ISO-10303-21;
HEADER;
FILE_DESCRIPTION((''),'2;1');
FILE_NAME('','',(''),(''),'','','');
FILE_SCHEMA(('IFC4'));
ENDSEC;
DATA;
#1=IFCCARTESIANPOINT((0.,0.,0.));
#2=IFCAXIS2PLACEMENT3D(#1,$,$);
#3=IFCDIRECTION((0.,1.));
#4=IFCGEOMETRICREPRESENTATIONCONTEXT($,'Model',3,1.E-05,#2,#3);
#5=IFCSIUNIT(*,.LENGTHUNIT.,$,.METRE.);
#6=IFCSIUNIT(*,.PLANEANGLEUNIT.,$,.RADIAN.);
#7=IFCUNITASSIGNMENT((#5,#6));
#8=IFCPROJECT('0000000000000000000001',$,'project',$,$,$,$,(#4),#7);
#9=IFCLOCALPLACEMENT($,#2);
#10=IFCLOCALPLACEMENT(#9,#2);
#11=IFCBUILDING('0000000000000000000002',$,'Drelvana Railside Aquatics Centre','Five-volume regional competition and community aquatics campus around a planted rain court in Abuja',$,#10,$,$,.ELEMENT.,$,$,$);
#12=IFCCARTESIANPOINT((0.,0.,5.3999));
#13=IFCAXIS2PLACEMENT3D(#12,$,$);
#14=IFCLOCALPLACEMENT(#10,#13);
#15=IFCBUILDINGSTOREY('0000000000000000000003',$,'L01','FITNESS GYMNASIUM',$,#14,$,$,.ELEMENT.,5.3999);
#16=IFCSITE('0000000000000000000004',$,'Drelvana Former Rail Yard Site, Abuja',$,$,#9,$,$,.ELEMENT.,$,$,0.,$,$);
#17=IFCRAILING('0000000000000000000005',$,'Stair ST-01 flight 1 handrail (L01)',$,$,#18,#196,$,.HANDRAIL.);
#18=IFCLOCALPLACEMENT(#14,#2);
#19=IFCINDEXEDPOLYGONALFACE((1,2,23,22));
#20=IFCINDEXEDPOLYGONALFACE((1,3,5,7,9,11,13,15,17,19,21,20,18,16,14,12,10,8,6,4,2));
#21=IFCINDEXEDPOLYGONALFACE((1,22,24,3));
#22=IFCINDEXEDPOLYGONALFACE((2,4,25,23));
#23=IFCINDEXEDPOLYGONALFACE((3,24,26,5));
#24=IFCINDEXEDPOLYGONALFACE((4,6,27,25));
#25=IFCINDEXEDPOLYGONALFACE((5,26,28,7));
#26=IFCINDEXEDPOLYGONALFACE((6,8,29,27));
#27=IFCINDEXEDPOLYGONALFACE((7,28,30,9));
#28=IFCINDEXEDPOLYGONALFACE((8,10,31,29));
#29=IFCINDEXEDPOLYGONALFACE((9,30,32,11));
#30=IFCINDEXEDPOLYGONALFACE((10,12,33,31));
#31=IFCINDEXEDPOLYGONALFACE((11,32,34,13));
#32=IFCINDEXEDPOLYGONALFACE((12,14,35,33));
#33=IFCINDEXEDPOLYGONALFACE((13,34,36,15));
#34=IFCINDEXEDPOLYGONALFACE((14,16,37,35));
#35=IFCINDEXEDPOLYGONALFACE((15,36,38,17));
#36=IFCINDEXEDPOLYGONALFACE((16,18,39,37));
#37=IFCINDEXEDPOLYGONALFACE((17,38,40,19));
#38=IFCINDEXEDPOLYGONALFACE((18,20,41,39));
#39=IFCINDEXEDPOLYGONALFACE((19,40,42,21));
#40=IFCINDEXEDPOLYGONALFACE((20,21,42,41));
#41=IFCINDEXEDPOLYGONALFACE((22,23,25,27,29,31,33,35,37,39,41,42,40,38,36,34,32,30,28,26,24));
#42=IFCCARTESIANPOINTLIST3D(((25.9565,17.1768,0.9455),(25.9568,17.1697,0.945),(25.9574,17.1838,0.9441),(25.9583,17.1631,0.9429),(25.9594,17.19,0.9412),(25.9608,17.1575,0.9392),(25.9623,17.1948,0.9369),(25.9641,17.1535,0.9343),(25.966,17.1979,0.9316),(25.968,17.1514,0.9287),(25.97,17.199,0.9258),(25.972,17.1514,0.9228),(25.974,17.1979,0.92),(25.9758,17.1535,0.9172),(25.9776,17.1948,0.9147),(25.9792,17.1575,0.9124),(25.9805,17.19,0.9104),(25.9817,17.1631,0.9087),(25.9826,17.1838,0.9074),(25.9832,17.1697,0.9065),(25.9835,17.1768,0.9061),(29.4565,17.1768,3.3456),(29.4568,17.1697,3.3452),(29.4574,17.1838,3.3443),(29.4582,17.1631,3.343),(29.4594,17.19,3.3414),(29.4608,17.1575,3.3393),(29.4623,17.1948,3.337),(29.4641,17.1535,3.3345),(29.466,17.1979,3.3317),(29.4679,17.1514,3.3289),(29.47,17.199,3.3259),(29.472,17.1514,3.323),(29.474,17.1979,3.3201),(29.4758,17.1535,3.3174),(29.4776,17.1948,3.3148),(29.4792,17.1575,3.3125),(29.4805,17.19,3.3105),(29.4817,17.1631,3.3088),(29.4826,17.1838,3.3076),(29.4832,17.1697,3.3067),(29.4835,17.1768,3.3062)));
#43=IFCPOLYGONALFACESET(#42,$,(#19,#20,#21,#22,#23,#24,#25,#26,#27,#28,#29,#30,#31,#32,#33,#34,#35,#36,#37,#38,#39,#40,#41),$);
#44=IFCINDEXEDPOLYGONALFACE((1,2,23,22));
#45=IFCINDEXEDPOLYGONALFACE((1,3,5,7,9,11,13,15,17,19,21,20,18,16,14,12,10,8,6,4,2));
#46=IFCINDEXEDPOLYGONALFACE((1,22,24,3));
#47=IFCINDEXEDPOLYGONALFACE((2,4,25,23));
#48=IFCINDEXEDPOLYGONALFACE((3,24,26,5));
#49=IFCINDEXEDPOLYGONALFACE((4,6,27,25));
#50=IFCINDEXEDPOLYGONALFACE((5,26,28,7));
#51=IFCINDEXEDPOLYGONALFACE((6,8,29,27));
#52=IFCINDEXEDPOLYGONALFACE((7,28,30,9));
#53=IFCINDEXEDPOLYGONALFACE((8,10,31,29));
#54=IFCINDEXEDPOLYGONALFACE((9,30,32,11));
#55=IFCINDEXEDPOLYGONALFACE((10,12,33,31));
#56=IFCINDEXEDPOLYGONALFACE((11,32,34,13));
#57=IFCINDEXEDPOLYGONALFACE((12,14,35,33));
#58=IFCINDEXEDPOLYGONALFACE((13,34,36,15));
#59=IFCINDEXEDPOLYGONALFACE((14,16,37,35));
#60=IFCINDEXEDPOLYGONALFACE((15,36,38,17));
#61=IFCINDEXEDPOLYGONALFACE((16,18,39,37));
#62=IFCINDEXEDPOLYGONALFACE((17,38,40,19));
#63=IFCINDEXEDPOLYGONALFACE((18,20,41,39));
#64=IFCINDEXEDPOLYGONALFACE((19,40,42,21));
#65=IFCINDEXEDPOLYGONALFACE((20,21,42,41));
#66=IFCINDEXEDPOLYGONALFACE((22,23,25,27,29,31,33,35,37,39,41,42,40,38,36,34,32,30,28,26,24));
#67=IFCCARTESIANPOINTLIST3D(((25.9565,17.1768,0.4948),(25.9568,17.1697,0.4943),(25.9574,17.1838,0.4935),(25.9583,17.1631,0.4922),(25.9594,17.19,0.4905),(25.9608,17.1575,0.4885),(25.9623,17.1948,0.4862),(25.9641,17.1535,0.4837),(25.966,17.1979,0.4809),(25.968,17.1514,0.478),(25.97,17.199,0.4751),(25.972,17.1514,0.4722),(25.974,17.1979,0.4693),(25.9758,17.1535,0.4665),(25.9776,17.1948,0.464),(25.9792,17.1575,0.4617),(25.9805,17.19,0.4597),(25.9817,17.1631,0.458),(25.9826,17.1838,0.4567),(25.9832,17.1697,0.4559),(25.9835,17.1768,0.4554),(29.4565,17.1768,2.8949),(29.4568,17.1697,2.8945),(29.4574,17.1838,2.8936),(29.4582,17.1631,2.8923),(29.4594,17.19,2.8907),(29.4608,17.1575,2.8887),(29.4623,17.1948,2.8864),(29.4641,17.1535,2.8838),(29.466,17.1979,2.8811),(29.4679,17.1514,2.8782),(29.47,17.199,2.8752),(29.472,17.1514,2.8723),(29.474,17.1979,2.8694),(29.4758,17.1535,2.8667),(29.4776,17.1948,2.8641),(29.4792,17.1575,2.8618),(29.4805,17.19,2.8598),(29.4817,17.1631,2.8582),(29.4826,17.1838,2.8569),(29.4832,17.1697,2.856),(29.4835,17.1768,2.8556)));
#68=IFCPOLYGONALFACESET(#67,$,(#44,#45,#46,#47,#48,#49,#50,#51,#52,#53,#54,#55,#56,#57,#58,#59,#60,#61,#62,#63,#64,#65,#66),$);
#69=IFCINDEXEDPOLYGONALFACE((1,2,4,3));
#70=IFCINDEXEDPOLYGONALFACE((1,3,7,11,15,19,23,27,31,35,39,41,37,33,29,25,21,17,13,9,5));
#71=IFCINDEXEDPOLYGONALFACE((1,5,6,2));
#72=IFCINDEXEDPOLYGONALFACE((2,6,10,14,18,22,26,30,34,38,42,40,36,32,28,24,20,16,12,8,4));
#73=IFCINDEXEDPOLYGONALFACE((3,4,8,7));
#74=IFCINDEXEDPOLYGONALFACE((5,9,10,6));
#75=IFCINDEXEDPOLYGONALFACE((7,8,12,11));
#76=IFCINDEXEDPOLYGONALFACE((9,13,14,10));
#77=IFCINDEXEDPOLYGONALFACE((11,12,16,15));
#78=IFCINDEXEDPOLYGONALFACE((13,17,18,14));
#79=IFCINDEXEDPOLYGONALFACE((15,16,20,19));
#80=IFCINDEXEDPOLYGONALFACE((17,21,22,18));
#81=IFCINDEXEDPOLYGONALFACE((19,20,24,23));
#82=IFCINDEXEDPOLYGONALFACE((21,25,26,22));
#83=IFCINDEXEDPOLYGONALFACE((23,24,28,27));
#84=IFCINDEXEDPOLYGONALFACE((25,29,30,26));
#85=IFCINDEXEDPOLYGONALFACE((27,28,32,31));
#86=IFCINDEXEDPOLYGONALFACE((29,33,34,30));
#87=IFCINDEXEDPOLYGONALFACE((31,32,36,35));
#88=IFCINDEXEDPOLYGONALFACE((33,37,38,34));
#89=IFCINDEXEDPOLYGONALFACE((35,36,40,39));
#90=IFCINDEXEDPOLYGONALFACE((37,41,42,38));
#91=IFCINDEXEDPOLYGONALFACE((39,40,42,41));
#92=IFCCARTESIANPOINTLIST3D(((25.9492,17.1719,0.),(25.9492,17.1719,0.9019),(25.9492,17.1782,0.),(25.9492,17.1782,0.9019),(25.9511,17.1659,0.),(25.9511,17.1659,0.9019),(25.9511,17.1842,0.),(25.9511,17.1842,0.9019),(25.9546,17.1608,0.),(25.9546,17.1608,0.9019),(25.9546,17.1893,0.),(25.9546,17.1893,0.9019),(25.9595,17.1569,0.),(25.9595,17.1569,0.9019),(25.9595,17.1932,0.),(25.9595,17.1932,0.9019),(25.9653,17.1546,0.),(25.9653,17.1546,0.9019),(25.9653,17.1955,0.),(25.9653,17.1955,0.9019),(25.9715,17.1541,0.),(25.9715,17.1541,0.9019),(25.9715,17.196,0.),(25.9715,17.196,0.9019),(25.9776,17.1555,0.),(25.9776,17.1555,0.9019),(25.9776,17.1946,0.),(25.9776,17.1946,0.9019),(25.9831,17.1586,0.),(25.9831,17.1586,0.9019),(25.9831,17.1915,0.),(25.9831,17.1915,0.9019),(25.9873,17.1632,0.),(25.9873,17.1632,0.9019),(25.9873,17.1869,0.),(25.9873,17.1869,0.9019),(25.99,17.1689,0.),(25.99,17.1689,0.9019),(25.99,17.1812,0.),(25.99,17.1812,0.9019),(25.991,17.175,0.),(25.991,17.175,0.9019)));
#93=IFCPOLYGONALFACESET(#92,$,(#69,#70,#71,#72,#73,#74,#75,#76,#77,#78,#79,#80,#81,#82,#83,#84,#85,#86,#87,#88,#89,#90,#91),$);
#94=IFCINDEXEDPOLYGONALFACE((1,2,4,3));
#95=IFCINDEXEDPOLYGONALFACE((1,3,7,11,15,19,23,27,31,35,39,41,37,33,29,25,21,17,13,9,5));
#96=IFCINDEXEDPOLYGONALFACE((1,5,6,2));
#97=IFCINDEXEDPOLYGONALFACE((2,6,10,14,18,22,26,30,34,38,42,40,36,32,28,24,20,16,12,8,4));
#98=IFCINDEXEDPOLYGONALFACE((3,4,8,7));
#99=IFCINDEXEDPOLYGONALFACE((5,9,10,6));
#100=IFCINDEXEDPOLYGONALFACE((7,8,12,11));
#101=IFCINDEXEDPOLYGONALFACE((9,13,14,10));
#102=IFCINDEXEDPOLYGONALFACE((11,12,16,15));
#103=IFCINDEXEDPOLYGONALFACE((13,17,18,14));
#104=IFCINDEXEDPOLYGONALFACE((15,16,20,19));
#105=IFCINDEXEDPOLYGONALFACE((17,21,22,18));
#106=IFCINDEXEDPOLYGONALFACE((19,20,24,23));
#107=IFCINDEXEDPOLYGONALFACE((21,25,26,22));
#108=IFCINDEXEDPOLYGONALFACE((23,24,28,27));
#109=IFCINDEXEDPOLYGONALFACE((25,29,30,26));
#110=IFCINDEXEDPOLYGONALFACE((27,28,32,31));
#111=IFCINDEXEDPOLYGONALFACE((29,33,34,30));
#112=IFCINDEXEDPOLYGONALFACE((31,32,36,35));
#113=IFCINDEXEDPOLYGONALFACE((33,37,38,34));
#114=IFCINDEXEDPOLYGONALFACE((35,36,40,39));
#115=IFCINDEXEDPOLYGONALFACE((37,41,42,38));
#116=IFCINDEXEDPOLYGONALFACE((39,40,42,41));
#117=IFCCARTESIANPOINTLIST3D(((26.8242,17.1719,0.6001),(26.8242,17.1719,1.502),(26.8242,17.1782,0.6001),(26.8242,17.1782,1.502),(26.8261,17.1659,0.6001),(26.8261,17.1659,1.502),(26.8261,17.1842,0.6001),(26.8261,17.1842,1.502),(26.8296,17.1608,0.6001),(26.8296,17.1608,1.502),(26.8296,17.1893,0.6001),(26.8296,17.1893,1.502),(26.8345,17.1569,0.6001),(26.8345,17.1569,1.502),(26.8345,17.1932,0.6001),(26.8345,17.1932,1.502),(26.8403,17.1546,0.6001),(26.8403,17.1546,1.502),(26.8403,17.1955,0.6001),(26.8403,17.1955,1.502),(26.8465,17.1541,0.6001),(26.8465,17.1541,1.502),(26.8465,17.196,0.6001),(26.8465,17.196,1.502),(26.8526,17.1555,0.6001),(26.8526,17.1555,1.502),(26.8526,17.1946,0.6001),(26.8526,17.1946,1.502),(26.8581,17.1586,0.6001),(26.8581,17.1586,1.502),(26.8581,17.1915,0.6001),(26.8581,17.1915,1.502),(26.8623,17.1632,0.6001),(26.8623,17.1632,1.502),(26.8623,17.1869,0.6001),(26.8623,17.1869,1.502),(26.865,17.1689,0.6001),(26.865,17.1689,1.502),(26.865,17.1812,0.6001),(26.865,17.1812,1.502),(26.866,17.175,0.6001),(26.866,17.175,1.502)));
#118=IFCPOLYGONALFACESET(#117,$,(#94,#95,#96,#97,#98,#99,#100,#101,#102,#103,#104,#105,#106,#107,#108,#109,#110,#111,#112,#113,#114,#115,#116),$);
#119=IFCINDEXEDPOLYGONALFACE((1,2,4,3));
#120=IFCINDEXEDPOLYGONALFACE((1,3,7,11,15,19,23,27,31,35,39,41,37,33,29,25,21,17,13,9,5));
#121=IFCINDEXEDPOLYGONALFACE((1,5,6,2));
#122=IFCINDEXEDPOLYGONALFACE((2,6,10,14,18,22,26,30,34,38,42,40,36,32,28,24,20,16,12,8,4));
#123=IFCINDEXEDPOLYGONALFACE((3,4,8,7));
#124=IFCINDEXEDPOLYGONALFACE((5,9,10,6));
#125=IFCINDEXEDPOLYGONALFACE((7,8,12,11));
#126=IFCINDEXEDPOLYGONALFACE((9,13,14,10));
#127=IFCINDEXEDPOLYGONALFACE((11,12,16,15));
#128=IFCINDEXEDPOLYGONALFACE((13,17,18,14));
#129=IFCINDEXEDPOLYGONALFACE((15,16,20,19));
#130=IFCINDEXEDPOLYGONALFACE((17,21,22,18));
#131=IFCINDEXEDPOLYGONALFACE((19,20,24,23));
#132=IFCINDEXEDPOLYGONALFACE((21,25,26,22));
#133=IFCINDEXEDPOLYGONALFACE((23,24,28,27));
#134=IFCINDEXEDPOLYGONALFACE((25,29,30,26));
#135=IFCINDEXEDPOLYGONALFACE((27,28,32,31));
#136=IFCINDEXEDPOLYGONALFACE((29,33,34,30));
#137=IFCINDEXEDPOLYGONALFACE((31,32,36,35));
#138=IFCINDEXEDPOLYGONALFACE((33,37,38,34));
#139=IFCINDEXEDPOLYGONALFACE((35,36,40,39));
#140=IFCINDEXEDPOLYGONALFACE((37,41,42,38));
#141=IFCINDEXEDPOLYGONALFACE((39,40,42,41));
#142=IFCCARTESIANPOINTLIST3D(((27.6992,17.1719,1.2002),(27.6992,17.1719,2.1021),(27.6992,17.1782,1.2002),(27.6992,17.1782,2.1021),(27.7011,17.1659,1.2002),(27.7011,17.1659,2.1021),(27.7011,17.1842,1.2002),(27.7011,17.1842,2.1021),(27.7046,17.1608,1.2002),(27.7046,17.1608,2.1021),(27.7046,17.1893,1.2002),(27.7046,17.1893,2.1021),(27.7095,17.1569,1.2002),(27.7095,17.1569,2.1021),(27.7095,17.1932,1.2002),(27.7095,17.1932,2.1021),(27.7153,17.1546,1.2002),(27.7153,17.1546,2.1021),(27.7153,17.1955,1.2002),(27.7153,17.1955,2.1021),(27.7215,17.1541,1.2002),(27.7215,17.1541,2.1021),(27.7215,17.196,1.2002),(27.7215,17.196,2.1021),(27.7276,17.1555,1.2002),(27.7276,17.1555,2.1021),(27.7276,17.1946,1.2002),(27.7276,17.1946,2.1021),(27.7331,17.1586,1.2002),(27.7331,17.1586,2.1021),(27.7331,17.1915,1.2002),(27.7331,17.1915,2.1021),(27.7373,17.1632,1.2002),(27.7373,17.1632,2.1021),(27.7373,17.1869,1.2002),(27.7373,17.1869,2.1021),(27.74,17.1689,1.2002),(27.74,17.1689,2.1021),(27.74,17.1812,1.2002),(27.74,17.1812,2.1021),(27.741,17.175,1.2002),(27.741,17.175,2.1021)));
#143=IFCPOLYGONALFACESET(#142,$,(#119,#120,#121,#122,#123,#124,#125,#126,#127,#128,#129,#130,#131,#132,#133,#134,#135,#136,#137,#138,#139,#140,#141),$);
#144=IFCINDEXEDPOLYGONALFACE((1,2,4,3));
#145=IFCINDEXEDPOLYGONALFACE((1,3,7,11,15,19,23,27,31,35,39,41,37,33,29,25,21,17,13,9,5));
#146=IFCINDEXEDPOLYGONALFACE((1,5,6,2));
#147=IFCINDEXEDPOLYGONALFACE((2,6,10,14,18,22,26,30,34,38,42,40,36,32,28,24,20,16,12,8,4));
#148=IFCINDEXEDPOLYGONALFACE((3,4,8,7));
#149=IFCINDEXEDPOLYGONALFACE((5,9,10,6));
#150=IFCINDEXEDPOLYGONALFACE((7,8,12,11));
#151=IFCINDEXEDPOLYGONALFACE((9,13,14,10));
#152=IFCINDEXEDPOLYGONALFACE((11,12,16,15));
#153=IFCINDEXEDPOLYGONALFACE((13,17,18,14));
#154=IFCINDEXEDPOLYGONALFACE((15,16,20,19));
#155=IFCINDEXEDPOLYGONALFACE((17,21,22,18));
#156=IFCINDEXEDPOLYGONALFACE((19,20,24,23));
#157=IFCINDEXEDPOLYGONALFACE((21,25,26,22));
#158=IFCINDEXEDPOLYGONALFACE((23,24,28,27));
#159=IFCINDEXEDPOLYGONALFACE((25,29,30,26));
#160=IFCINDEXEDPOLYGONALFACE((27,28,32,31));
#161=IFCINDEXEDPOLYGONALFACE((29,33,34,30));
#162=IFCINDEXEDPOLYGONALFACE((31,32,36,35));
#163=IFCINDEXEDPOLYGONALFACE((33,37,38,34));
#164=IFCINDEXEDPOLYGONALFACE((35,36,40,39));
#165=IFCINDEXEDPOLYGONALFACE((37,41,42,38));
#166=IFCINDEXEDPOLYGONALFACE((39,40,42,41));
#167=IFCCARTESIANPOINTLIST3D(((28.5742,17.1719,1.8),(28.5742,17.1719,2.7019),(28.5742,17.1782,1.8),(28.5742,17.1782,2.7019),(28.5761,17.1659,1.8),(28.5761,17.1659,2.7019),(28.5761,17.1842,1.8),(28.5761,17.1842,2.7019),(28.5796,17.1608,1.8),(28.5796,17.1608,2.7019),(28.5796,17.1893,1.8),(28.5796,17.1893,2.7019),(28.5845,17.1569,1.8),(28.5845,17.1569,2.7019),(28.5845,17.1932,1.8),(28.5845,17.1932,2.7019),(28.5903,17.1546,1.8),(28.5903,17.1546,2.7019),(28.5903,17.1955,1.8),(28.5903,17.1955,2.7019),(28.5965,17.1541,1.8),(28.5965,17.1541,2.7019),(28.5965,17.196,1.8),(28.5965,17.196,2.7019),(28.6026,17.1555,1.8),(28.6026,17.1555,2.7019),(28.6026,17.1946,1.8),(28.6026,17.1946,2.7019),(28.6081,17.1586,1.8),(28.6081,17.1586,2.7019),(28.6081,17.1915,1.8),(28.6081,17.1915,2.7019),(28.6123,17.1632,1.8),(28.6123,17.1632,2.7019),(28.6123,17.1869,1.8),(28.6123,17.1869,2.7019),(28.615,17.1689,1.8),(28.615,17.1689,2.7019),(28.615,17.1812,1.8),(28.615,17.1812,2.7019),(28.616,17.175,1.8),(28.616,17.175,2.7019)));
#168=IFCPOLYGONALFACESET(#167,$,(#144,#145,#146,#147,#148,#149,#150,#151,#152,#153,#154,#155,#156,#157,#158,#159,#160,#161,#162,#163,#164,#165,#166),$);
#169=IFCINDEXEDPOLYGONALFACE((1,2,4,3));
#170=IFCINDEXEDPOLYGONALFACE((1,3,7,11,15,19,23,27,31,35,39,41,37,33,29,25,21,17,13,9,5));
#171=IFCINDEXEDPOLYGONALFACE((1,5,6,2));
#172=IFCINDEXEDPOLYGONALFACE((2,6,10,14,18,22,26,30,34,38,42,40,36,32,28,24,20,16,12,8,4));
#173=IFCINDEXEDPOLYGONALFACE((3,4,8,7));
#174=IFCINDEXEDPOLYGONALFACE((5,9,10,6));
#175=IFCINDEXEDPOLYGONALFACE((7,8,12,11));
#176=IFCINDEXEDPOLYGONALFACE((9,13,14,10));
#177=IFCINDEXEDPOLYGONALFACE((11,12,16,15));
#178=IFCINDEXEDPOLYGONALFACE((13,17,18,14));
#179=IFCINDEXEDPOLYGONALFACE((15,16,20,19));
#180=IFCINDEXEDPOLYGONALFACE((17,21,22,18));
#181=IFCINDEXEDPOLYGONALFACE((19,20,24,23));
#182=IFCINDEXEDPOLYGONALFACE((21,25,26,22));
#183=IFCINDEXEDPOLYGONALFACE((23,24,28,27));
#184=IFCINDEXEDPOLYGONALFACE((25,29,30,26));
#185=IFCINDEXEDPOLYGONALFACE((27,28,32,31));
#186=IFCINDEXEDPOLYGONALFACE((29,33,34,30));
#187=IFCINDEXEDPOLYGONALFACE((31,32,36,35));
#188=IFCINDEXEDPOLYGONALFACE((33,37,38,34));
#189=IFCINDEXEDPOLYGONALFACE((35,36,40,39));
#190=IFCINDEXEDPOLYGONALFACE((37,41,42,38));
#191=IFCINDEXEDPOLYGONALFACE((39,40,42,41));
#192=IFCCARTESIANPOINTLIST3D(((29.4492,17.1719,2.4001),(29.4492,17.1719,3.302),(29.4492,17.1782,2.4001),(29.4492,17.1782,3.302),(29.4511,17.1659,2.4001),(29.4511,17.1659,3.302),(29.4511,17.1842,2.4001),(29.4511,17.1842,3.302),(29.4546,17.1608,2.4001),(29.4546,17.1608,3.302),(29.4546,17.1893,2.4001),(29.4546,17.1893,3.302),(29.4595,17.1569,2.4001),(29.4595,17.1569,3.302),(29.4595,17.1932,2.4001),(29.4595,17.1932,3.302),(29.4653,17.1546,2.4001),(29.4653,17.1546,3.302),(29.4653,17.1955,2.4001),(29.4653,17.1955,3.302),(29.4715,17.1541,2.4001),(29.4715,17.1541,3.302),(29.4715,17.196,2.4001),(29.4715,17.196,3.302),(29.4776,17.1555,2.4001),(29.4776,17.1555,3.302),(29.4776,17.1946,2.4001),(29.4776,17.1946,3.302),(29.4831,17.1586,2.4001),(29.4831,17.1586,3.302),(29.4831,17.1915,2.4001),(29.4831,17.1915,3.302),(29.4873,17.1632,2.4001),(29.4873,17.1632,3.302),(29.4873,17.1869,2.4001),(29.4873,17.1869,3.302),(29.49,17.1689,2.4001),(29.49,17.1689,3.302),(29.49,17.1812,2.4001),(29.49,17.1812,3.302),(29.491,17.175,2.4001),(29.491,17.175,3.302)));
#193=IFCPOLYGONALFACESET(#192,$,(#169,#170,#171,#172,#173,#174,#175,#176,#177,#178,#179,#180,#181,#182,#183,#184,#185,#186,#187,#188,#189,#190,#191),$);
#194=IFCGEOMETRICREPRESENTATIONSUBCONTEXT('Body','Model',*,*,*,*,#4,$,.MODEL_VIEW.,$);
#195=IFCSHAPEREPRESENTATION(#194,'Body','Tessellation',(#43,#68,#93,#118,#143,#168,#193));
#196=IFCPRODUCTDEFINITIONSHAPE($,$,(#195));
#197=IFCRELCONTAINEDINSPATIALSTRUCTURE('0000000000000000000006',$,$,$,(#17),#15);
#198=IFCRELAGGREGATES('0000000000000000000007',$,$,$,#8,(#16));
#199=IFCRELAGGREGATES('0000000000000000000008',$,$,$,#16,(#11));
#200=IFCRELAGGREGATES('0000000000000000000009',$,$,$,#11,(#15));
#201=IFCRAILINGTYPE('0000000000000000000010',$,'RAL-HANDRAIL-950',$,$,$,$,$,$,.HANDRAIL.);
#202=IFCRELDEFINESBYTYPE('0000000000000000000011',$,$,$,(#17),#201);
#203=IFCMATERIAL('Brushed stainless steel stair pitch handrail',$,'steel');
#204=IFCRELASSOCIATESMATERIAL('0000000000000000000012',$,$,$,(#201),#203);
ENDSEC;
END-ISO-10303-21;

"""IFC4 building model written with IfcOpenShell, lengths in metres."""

from ifc_helpers import new_model, si_unit, direction, frame, origin, origin_2d, place, context, subcontext, project, spatial, circle, extrude, material, type_object, element, save


model = new_model("IFC4")

# Units and contexts
model_context = context("Model", 3, precision=1e-05, world=origin(), true_north=direction((0.0, 1.0)))
body_context = subcontext(model_context, "Body", "Model", "MODEL_VIEW")
ifc_project = project(units=[si_unit("LENGTHUNIT", "METRE"), si_unit("PLANEANGLEUNIT", "RADIAN")], contexts=[model_context])

# Site, building, storey
site_placement = place(None, origin())
site = spatial("IfcSite", under=ifc_project, at=site_placement, Name="Drelvana Former Rail Yard Site, Abuja", CompositionType="ELEMENT", RefElevation=0.0)
building_placement = place(site_placement, origin())
building = spatial("IfcBuilding", under=site, at=building_placement, Name="Drelvana Railside Aquatics Centre", Description="Five-volume regional competition and community aquatics campus around a planted rain court in Abuja", CompositionType="ELEMENT")
storey_placement = place(building_placement, frame((0.0, 0.0, 5.3999)))
storey = spatial("IfcBuildingStorey", under=building, at=storey_placement, Name="L01", Description="FITNESS GYMNASIUM", CompositionType="ELEMENT", Elevation=5.3999)

# Railing
ifc_material_1 = material(Name="Brushed stainless steel stair pitch handrail", Category="steel")
railing_type_1 = type_object("IfcRailingType", Name="RAL-HANDRAIL-950", PredefinedType="HANDRAIL", material=ifc_material_1)
railing_1_placement = place(storey_placement, frame((25.97, 17.175, 0.0)))
element("IfcRailing", 1, at=railing_1_placement, inside=storey, type_object=railing_type_1, Name="Stair ST-01 flight 1 handrail (L01)", PredefinedType="HANDRAIL", context=body_context, shape_type="SweptSolid", body=[
    extrude(circle(Radius=0.0239, at=origin_2d()), frame((0.0, 0.0, 0.9258), z_axis=(0.824713, 0.0, 0.565552), x_axis=(0.0, 1.0, 0.0)), (0.0, 0.0, 1.0), 4.2439),
    extrude(circle(Radius=0.0239, at=origin_2d()), frame((0.0, 0.0, 0.4751), z_axis=(0.824713, 0.0, 0.565552), x_axis=(0.0, 1.0, 0.0)), (0.0, 0.0, 1.0), 4.2439),
    extrude(circle(Radius=0.021, at=origin_2d()), origin(), (0.0, 0.0, 1.0), 0.9019),
    extrude(circle(Radius=0.021, at=origin_2d()), frame((0.875, 0.0, 0.6001)), (0.0, 0.0, 1.0), 0.9019),
    extrude(circle(Radius=0.021, at=origin_2d()), frame((1.75, 0.0, 1.2002)), (0.0, 0.0, 1.0), 0.9019),
    extrude(circle(Radius=0.021, at=origin_2d()), frame((2.625, 0.0, 1.8)), (0.0, 0.0, 1.0), 0.9019),
    extrude(circle(Radius=0.021, at=origin_2d()), frame((3.5, 0.0, 2.4001)), (0.0, 0.0, 1.0), 0.9019),
])

save(model, "model.ifc")
